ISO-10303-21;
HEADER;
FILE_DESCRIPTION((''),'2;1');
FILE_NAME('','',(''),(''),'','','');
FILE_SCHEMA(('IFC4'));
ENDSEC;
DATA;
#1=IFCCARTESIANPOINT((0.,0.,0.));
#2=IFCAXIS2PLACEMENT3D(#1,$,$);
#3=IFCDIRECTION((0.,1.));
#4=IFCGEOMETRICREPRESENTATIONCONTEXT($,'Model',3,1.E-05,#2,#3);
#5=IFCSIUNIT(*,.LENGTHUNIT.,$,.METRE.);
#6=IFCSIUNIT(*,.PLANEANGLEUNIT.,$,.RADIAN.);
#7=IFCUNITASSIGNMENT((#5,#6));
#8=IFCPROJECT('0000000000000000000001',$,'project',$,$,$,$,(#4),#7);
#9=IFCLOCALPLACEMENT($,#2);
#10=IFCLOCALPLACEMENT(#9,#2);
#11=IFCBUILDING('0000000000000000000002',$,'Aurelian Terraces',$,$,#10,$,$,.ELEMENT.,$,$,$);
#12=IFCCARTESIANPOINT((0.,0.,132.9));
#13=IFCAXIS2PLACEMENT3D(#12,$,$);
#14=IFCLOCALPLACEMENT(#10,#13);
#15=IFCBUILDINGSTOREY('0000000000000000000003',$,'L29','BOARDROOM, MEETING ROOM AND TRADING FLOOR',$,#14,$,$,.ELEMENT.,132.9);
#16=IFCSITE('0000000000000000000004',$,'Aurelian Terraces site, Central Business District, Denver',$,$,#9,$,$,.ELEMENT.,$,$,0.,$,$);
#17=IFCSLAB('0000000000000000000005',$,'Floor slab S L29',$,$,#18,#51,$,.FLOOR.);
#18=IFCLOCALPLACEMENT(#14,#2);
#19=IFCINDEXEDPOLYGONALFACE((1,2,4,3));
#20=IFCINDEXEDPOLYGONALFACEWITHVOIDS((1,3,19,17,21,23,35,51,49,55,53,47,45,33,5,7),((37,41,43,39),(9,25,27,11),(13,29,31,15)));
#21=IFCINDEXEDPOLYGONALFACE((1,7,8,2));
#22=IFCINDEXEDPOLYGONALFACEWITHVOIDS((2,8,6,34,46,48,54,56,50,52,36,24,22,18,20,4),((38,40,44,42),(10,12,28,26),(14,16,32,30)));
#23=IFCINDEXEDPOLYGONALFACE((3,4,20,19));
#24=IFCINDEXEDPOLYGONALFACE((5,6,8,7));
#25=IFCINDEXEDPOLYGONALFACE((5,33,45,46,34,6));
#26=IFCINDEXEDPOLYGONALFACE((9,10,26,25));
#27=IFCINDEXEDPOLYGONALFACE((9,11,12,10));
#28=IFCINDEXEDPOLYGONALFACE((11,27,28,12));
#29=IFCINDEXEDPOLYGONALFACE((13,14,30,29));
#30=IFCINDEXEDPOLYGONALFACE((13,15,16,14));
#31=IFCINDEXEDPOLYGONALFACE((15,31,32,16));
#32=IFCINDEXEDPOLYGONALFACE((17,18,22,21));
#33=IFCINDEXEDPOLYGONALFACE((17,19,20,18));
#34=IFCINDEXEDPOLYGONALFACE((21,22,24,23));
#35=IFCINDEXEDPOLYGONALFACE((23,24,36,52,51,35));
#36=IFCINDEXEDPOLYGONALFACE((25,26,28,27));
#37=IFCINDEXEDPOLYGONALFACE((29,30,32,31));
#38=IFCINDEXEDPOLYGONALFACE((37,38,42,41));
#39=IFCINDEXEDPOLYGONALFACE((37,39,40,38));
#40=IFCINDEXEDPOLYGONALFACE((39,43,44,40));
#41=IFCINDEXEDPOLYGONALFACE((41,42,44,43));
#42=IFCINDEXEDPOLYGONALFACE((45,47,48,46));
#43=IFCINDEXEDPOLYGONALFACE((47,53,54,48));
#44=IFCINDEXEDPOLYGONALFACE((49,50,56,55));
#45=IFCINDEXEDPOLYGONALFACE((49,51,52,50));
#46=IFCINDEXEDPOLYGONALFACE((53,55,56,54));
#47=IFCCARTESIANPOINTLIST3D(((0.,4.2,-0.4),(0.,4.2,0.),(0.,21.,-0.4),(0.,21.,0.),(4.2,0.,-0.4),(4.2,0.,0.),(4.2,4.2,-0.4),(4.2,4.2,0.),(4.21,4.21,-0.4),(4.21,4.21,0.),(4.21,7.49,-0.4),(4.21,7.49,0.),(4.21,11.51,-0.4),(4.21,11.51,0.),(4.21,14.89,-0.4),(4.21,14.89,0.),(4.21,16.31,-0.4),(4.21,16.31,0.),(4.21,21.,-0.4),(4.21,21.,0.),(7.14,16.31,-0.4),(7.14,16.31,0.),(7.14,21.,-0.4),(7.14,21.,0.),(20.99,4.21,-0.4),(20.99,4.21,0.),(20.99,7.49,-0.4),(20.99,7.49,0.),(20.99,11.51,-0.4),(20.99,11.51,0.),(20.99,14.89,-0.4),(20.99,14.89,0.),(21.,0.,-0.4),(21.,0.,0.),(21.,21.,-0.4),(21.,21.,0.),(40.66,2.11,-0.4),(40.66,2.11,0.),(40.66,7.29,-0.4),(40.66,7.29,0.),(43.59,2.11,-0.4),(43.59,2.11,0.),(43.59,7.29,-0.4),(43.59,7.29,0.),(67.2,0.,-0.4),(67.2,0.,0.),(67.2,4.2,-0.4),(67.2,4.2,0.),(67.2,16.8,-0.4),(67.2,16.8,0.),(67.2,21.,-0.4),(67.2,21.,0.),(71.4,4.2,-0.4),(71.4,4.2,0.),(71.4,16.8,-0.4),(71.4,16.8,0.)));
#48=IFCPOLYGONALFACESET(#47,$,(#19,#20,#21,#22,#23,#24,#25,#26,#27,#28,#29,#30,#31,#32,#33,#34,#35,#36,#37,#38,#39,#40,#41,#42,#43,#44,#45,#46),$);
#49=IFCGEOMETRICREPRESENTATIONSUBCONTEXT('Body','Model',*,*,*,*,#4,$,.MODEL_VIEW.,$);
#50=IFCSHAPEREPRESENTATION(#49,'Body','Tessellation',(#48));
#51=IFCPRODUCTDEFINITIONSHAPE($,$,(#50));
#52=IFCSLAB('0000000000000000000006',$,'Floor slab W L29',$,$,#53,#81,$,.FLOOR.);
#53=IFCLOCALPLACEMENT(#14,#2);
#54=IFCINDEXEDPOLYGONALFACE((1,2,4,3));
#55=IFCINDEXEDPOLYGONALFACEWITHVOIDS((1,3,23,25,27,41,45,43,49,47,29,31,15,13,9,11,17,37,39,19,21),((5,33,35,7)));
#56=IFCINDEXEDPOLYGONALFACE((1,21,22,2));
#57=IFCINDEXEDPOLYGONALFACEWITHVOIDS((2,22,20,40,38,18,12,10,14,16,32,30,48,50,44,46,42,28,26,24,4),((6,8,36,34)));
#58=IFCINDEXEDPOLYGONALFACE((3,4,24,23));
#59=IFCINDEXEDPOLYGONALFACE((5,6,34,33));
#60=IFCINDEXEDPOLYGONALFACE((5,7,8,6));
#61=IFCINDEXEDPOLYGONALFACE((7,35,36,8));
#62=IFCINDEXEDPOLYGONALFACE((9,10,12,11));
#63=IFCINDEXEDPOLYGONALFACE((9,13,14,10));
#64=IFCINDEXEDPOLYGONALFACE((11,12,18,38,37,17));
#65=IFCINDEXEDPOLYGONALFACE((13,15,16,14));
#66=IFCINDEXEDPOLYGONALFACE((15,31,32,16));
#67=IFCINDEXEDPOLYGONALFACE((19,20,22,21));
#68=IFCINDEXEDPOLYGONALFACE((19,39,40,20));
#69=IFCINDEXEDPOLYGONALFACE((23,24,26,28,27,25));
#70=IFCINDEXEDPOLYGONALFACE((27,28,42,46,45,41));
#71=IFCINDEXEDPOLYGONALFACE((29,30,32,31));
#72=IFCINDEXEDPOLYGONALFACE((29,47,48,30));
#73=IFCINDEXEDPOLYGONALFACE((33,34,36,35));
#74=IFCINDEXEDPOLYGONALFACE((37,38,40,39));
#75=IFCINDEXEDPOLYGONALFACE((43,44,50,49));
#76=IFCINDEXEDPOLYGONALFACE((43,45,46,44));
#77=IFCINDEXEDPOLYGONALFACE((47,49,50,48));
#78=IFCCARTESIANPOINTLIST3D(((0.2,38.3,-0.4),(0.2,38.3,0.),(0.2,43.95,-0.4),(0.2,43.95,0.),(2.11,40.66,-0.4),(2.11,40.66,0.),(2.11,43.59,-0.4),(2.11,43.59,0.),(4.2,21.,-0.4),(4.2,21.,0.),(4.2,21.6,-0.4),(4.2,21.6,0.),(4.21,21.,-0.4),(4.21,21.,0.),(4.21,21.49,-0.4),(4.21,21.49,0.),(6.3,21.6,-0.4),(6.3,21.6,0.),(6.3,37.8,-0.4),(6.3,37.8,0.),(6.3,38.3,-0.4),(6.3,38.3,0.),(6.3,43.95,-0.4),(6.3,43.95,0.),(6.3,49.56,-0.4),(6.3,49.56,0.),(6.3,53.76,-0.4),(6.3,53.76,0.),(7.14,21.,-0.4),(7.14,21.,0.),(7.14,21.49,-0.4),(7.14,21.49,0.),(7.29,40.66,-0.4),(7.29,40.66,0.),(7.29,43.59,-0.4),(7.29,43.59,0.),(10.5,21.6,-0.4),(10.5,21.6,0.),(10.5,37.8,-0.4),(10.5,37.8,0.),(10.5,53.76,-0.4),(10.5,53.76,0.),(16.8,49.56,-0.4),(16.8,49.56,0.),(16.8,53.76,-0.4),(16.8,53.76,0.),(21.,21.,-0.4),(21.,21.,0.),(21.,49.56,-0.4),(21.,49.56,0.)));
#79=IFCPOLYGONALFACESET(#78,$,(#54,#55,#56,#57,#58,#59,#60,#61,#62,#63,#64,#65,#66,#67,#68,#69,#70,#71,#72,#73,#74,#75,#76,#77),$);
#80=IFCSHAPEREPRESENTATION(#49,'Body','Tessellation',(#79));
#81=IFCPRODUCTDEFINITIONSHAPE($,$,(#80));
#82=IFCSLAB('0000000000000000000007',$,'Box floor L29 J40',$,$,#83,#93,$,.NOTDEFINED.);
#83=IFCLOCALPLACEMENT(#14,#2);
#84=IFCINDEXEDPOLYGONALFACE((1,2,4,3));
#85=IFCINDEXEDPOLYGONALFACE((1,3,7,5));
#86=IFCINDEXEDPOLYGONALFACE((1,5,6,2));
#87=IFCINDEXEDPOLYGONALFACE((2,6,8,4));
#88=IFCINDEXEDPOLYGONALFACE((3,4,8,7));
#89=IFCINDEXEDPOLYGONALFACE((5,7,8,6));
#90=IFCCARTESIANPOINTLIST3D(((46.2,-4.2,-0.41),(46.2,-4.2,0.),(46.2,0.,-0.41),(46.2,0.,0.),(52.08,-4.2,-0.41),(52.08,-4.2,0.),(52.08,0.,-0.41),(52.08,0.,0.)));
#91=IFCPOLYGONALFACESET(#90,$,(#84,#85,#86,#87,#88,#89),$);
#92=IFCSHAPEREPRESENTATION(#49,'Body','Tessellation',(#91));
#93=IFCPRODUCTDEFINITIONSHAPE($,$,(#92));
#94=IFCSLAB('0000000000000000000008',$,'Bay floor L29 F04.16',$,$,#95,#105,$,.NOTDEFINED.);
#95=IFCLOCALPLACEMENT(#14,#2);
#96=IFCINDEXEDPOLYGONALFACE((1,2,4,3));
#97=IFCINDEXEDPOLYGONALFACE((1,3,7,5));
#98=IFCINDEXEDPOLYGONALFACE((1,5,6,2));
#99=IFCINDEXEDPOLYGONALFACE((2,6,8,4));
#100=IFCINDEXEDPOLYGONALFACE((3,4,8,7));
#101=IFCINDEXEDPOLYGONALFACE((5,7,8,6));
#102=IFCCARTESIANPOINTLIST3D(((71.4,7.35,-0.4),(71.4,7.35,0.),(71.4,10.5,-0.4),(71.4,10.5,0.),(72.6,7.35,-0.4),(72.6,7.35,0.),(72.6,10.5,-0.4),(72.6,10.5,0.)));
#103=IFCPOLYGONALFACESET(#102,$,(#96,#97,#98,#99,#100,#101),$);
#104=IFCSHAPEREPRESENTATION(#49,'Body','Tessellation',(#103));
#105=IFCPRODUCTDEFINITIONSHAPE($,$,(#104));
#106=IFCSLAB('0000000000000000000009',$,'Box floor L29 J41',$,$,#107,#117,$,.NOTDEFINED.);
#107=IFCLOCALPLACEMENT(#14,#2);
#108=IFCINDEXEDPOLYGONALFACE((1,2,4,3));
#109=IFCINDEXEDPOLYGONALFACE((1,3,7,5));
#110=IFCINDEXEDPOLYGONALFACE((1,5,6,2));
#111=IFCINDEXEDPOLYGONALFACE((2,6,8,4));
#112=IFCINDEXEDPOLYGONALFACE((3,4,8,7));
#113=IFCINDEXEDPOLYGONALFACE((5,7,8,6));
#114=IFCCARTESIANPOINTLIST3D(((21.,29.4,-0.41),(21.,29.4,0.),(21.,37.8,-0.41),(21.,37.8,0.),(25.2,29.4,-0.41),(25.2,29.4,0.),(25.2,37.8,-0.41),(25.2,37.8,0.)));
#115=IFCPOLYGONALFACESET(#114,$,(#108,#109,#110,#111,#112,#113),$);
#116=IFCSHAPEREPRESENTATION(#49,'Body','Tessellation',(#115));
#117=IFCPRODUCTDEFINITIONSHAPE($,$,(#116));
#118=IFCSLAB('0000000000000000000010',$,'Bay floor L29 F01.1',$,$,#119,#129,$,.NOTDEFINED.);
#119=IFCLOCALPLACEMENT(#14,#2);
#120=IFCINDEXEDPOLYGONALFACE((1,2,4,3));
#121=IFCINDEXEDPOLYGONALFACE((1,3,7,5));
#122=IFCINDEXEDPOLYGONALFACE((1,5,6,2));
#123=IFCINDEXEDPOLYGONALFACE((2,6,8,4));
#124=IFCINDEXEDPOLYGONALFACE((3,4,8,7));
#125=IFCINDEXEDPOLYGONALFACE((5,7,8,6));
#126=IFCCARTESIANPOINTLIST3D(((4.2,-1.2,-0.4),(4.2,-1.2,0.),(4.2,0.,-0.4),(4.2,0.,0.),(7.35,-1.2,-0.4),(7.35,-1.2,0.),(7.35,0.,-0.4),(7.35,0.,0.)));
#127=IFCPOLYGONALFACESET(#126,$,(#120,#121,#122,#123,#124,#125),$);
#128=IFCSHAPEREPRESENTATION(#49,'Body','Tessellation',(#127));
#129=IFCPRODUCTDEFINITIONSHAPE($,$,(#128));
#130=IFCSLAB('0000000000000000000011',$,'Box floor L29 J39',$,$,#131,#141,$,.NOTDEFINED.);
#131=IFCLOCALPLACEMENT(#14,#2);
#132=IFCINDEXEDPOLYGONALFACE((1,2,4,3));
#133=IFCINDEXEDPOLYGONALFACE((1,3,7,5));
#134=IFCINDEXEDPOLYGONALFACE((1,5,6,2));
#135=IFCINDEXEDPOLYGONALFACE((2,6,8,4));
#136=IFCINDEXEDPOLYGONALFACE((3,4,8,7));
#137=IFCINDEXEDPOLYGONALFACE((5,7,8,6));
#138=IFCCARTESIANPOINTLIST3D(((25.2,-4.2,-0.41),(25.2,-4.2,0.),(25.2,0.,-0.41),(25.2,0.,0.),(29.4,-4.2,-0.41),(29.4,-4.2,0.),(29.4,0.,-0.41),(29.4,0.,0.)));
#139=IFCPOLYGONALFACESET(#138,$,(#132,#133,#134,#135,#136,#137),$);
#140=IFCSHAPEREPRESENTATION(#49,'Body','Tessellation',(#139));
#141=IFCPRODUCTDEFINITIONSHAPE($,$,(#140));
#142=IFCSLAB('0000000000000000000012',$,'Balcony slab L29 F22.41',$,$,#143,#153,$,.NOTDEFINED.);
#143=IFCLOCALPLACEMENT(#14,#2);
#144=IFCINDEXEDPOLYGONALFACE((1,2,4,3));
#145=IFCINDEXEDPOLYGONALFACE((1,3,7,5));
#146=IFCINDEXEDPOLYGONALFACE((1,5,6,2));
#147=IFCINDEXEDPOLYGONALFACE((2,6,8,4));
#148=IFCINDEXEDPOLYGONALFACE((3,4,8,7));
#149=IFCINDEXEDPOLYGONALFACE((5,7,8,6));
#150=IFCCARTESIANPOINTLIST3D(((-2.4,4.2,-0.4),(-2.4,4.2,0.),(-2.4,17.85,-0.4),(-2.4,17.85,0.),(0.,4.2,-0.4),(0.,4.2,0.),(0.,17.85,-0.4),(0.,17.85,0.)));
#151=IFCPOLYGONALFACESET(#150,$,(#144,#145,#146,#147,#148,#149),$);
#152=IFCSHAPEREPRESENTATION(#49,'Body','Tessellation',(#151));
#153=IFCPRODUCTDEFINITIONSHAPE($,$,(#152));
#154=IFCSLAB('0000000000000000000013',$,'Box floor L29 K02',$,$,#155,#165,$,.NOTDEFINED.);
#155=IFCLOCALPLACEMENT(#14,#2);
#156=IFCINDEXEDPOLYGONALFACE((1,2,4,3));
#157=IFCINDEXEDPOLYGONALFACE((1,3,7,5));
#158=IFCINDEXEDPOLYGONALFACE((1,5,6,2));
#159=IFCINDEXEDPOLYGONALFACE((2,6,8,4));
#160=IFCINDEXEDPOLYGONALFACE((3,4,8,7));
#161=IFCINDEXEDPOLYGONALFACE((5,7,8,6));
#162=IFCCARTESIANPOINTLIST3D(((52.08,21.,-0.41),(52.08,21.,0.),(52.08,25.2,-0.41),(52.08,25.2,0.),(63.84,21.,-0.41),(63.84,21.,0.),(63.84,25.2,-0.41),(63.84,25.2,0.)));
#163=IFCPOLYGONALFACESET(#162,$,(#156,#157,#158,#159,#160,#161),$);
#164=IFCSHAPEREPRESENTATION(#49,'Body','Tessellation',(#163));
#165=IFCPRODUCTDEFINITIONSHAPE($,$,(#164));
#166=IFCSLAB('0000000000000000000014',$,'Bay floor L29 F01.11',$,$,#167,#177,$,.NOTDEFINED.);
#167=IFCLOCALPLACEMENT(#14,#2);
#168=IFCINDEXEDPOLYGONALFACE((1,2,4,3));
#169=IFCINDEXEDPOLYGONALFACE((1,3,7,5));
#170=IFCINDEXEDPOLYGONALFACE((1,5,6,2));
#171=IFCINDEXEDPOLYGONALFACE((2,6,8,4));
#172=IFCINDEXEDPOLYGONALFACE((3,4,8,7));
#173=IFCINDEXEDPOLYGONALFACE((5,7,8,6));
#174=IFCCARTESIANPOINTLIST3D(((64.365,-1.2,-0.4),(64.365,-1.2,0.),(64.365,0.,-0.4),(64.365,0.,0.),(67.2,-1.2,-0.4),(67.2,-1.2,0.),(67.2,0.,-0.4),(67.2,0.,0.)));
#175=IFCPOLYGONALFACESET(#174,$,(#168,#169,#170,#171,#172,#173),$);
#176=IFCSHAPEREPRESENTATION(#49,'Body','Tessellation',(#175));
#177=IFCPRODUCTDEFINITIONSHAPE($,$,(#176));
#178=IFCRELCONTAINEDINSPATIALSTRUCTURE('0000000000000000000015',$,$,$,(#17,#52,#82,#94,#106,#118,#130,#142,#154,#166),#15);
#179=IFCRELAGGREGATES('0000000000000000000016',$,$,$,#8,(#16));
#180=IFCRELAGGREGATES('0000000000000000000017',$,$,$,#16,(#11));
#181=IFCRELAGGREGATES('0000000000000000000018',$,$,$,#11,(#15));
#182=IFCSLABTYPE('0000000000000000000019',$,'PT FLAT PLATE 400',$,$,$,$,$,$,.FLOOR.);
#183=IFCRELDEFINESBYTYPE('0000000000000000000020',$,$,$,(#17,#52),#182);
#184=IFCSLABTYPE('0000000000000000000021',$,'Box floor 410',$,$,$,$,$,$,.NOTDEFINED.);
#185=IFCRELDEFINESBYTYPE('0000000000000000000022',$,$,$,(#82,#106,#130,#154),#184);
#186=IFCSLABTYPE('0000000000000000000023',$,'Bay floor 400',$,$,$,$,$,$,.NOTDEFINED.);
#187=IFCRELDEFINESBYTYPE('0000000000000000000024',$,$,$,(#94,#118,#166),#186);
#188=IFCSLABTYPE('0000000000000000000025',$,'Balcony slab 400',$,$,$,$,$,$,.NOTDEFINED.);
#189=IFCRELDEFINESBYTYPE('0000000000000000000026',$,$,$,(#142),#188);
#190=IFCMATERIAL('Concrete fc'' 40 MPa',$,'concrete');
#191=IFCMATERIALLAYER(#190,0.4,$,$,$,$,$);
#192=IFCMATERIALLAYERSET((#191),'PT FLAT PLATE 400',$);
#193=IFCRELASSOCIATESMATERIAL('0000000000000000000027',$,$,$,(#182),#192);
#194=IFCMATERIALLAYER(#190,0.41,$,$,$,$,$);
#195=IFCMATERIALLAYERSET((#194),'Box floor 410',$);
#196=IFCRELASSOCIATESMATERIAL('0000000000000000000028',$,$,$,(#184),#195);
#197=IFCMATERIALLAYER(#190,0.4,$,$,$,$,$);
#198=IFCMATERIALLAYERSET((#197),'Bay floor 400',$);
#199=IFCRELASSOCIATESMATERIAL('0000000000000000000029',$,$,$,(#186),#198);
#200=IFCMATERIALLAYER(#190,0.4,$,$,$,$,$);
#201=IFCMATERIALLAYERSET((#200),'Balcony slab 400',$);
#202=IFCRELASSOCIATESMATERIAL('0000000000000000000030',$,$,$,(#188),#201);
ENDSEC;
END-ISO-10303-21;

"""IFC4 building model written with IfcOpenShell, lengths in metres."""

from ifc_helpers import new_model, si_unit, direction, frame, origin, place, context, subcontext, project, spatial, polyline, outline, extrude, source, transform, mapped, material, layer, layer_set, type_object, element, save


model = new_model("IFC4")

# Units and contexts
model_context = context("Model", 3, precision=1e-05, world=origin(), true_north=direction((0.0, 1.0)))
body_context = subcontext(model_context, "Body", "Model", "MODEL_VIEW")
ifc_project = project(units=[si_unit("LENGTHUNIT", "METRE"), si_unit("PLANEANGLEUNIT", "RADIAN")], contexts=[model_context])

# Site, building, storey
site_placement = place(None, origin())
site = spatial("IfcSite", under=ifc_project, at=site_placement, Name="Aurelian Terraces site, Central Business District, Denver", CompositionType="ELEMENT", RefElevation=0.0)
building_placement = place(site_placement, origin())
building = spatial("IfcBuilding", under=site, at=building_placement, Name="Aurelian Terraces", CompositionType="ELEMENT")
storey_placement = place(building_placement, frame((0.0, 0.0, 132.9)))
storey = spatial("IfcBuildingStorey", under=building, at=storey_placement, Name="L29", Description="BOARDROOM, MEETING ROOM AND TRADING FLOOR", CompositionType="ELEMENT", Elevation=132.9)

# Slabs
ifc_material_1 = material(Name="Concrete fc' 40 MPa", Category="concrete")
ifc_layer_1 = layer(ifc_material_1, 0.4)
ifc_layer_set_1 = layer_set([ifc_layer_1], Name="PT FLAT PLATE 400")
slab_type_1 = type_object("IfcSlabType", Name="PT FLAT PLATE 400", PredefinedType="FLOOR", material=ifc_layer_set_1)
shared_shape_1 = source(origin(), body_context, "Body", "SweptSolid", [
    extrude(outline(polyline([(67.2, 16.8), (71.4, 16.8), (71.4, 4.2), (67.2, 4.2), (67.2, 0.0), (21.0, 0.0), (4.2, 0.0), (4.2, 4.2), (0.0, 4.2), (0.0, 21.0), (4.21, 21.0), (4.21, 16.31), (7.14, 16.31), (7.14, 21.0), (21.0, 21.0), (67.2, 21.0), (67.2, 16.8)]), holes=[polyline([(40.66, 2.11), (43.59, 2.11), (43.59, 7.29), (40.66, 7.29), (40.66, 2.11)]), polyline([(4.21, 7.49), (4.21, 4.21), (20.99, 4.21), (20.99, 7.49), (4.21, 7.49)]), polyline([(4.21, 14.89), (4.21, 11.51), (20.99, 11.51), (20.99, 14.89), (4.21, 14.89)])]), origin(), (0.0, 0.0, 1.0), 0.4),
])
slab_1_placement = place(storey_placement, frame((0.0, 0.0, -0.4)))
element("IfcSlab", 1, at=slab_1_placement, inside=storey, type_object=slab_type_1, Name="Floor slab S L29", PredefinedType="FLOOR", context=body_context, shape_type="MappedRepresentation", body=[
    mapped(shared_shape_1, transform((0.0, 0.0, 0.0), scale=1.0)),
])
shared_shape_2 = source(origin(), body_context, "Body", "SweptSolid", [
    extrude(outline(polyline([(6.3, 43.95), (6.3, 49.56), (6.3, 53.76), (10.5, 53.76), (16.8, 53.76), (16.8, 49.56), (21.0, 49.56), (21.0, 21.0), (7.14, 21.0), (7.14, 21.49), (4.21, 21.49), (4.21, 21.0), (4.2, 21.0), (4.2, 21.6), (6.3, 21.6), (10.5, 21.6), (10.5, 37.8), (6.3, 37.8), (6.3, 38.3), (0.2, 38.3), (0.2, 43.95), (6.3, 43.95)]), holes=[polyline([(7.29, 43.59), (2.11, 43.59), (2.11, 40.66), (7.29, 40.66), (7.29, 43.59)])]), origin(), (0.0, 0.0, 1.0), 0.4),
])
slab_2_placement = place(storey_placement, frame((0.0, 0.0, -0.4)))
element("IfcSlab", 2, at=slab_2_placement, inside=storey, type_object=slab_type_1, Name="Floor slab W L29", PredefinedType="FLOOR", context=body_context, shape_type="MappedRepresentation", body=[
    mapped(shared_shape_2, transform((0.0, 0.0, 0.0), scale=1.0)),
])
ifc_layer_2 = layer(ifc_material_1, 0.41)
ifc_layer_set_2 = layer_set([ifc_layer_2], Name="Box floor 410")
slab_type_2 = type_object("IfcSlabType", Name="Box floor 410", PredefinedType="NOTDEFINED", material=ifc_layer_set_2)
shared_shape_3 = source(origin(), body_context, "Body", "SweptSolid", [
    extrude(outline(polyline([(46.2, -4.2), (52.08, -4.2), (52.08, 0.0), (46.2, 0.0), (46.2, -4.2)])), origin(), (0.0, 0.0, 1.0), 0.41),
])
slab_3_placement = place(storey_placement, frame((0.0, 0.0, -0.41)))
element("IfcSlab", 3, at=slab_3_placement, inside=storey, type_object=slab_type_2, Name="Box floor L29 J40", PredefinedType="NOTDEFINED", context=body_context, shape_type="MappedRepresentation", body=[
    mapped(shared_shape_3, transform((0.0, 0.0, 0.0), scale=1.0)),
])
ifc_layer_3 = layer(ifc_material_1, 0.4)
ifc_layer_set_3 = layer_set([ifc_layer_3], Name="Bay floor 400")
slab_type_3 = type_object("IfcSlabType", Name="Bay floor 400", PredefinedType="NOTDEFINED", material=ifc_layer_set_3)
shared_shape_4 = source(origin(), body_context, "Body", "SweptSolid", [
    extrude(outline(polyline([(71.4, 7.35), (71.4, 10.5), (72.6, 10.5), (72.6, 7.35), (71.4, 7.35)])), origin(), (0.0, 0.0, 1.0), 0.4),
])
slab_4_placement = place(storey_placement, frame((0.0, 0.0, -0.4)))
element("IfcSlab", 4, at=slab_4_placement, inside=storey, type_object=slab_type_3, Name="Bay floor L29 F04.16", PredefinedType="NOTDEFINED", context=body_context, shape_type="MappedRepresentation", body=[
    mapped(shared_shape_4, transform((0.0, 0.0, 0.0), scale=1.0)),
])
shared_shape_5 = source(origin(), body_context, "Body", "SweptSolid", [
    extrude(outline(polyline([(25.2, 29.4), (25.2, 37.8), (21.0, 37.8), (21.0, 29.4), (25.2, 29.4)])), origin(), (0.0, 0.0, 1.0), 0.41),
])
slab_5_placement = place(storey_placement, frame((0.0, 0.0, -0.41)))
element("IfcSlab", 5, at=slab_5_placement, inside=storey, type_object=slab_type_2, Name="Box floor L29 J41", PredefinedType="NOTDEFINED", context=body_context, shape_type="MappedRepresentation", body=[
    mapped(shared_shape_5, transform((0.0, 0.0, 0.0), scale=1.0)),
])
shared_shape_6 = source(origin(), body_context, "Body", "SweptSolid", [
    extrude(outline(polyline([(4.2, 0.0), (7.35, 0.0), (7.35, -1.2), (4.2, -1.2), (4.2, 0.0)])), origin(), (0.0, 0.0, 1.0), 0.4),
])
slab_6_placement = place(storey_placement, frame((0.0, 0.0, -0.4)))
element("IfcSlab", 6, at=slab_6_placement, inside=storey, type_object=slab_type_3, Name="Bay floor L29 F01.1", PredefinedType="NOTDEFINED", context=body_context, shape_type="MappedRepresentation", body=[
    mapped(shared_shape_6, transform((0.0, 0.0, 0.0), scale=1.0)),
])
shared_shape_7 = source(origin(), body_context, "Body", "SweptSolid", [
    extrude(outline(polyline([(25.2, -4.2), (29.4, -4.2), (29.4, 0.0), (25.2, 0.0), (25.2, -4.2)])), origin(), (0.0, 0.0, 1.0), 0.41),
])
slab_7_placement = place(storey_placement, frame((0.0, 0.0, -0.41)))
element("IfcSlab", 7, at=slab_7_placement, inside=storey, type_object=slab_type_2, Name="Box floor L29 J39", PredefinedType="NOTDEFINED", context=body_context, shape_type="MappedRepresentation", body=[
    mapped(shared_shape_7, transform((0.0, 0.0, 0.0), scale=1.0)),
])
ifc_layer_4 = layer(ifc_material_1, 0.4)
ifc_layer_set_4 = layer_set([ifc_layer_4], Name="Balcony slab 400")
slab_type_4 = type_object("IfcSlabType", Name="Balcony slab 400", PredefinedType="NOTDEFINED", material=ifc_layer_set_4)
shared_shape_8 = source(origin(), body_context, "Body", "SweptSolid", [
    extrude(outline(polyline([(0.0, 17.85), (0.0, 4.2), (-2.4, 4.2), (-2.4, 17.85), (0.0, 17.85)])), origin(), (0.0, 0.0, 1.0), 0.4),
])
slab_8_placement = place(storey_placement, frame((0.0, 0.0, -0.4)))
element("IfcSlab", 8, at=slab_8_placement, inside=storey, type_object=slab_type_4, Name="Balcony slab L29 F22.41", PredefinedType="NOTDEFINED", context=body_context, shape_type="MappedRepresentation", body=[
    mapped(shared_shape_8, transform((0.0, 0.0, 0.0), scale=1.0)),
])
shared_shape_9 = source(origin(), body_context, "Body", "SweptSolid", [
    extrude(outline(polyline([(63.84, 25.2), (52.08, 25.2), (52.08, 21.0), (63.84, 21.0), (63.84, 25.2)])), origin(), (0.0, 0.0, 1.0), 0.41),
])
slab_9_placement = place(storey_placement, frame((0.0, 0.0, -0.41)))
element("IfcSlab", 9, at=slab_9_placement, inside=storey, type_object=slab_type_2, Name="Box floor L29 K02", PredefinedType="NOTDEFINED", context=body_context, shape_type="MappedRepresentation", body=[
    mapped(shared_shape_9, transform((0.0, 0.0, 0.0), scale=1.0)),
])
shared_shape_10 = source(origin(), body_context, "Body", "SweptSolid", [
    extrude(outline(polyline([(64.365, 0.0), (67.2, 0.0), (67.2, -1.2), (64.365, -1.2), (64.365, 0.0)])), origin(), (0.0, 0.0, 1.0), 0.4),
])
slab_10_placement = place(storey_placement, frame((0.0, 0.0, -0.4)))
element("IfcSlab", 10, at=slab_10_placement, inside=storey, type_object=slab_type_3, Name="Bay floor L29 F01.11", PredefinedType="NOTDEFINED", context=body_context, shape_type="MappedRepresentation", body=[
    mapped(shared_shape_10, transform((0.0, 0.0, 0.0), scale=1.0)),
])

save(model, "model.ifc")
